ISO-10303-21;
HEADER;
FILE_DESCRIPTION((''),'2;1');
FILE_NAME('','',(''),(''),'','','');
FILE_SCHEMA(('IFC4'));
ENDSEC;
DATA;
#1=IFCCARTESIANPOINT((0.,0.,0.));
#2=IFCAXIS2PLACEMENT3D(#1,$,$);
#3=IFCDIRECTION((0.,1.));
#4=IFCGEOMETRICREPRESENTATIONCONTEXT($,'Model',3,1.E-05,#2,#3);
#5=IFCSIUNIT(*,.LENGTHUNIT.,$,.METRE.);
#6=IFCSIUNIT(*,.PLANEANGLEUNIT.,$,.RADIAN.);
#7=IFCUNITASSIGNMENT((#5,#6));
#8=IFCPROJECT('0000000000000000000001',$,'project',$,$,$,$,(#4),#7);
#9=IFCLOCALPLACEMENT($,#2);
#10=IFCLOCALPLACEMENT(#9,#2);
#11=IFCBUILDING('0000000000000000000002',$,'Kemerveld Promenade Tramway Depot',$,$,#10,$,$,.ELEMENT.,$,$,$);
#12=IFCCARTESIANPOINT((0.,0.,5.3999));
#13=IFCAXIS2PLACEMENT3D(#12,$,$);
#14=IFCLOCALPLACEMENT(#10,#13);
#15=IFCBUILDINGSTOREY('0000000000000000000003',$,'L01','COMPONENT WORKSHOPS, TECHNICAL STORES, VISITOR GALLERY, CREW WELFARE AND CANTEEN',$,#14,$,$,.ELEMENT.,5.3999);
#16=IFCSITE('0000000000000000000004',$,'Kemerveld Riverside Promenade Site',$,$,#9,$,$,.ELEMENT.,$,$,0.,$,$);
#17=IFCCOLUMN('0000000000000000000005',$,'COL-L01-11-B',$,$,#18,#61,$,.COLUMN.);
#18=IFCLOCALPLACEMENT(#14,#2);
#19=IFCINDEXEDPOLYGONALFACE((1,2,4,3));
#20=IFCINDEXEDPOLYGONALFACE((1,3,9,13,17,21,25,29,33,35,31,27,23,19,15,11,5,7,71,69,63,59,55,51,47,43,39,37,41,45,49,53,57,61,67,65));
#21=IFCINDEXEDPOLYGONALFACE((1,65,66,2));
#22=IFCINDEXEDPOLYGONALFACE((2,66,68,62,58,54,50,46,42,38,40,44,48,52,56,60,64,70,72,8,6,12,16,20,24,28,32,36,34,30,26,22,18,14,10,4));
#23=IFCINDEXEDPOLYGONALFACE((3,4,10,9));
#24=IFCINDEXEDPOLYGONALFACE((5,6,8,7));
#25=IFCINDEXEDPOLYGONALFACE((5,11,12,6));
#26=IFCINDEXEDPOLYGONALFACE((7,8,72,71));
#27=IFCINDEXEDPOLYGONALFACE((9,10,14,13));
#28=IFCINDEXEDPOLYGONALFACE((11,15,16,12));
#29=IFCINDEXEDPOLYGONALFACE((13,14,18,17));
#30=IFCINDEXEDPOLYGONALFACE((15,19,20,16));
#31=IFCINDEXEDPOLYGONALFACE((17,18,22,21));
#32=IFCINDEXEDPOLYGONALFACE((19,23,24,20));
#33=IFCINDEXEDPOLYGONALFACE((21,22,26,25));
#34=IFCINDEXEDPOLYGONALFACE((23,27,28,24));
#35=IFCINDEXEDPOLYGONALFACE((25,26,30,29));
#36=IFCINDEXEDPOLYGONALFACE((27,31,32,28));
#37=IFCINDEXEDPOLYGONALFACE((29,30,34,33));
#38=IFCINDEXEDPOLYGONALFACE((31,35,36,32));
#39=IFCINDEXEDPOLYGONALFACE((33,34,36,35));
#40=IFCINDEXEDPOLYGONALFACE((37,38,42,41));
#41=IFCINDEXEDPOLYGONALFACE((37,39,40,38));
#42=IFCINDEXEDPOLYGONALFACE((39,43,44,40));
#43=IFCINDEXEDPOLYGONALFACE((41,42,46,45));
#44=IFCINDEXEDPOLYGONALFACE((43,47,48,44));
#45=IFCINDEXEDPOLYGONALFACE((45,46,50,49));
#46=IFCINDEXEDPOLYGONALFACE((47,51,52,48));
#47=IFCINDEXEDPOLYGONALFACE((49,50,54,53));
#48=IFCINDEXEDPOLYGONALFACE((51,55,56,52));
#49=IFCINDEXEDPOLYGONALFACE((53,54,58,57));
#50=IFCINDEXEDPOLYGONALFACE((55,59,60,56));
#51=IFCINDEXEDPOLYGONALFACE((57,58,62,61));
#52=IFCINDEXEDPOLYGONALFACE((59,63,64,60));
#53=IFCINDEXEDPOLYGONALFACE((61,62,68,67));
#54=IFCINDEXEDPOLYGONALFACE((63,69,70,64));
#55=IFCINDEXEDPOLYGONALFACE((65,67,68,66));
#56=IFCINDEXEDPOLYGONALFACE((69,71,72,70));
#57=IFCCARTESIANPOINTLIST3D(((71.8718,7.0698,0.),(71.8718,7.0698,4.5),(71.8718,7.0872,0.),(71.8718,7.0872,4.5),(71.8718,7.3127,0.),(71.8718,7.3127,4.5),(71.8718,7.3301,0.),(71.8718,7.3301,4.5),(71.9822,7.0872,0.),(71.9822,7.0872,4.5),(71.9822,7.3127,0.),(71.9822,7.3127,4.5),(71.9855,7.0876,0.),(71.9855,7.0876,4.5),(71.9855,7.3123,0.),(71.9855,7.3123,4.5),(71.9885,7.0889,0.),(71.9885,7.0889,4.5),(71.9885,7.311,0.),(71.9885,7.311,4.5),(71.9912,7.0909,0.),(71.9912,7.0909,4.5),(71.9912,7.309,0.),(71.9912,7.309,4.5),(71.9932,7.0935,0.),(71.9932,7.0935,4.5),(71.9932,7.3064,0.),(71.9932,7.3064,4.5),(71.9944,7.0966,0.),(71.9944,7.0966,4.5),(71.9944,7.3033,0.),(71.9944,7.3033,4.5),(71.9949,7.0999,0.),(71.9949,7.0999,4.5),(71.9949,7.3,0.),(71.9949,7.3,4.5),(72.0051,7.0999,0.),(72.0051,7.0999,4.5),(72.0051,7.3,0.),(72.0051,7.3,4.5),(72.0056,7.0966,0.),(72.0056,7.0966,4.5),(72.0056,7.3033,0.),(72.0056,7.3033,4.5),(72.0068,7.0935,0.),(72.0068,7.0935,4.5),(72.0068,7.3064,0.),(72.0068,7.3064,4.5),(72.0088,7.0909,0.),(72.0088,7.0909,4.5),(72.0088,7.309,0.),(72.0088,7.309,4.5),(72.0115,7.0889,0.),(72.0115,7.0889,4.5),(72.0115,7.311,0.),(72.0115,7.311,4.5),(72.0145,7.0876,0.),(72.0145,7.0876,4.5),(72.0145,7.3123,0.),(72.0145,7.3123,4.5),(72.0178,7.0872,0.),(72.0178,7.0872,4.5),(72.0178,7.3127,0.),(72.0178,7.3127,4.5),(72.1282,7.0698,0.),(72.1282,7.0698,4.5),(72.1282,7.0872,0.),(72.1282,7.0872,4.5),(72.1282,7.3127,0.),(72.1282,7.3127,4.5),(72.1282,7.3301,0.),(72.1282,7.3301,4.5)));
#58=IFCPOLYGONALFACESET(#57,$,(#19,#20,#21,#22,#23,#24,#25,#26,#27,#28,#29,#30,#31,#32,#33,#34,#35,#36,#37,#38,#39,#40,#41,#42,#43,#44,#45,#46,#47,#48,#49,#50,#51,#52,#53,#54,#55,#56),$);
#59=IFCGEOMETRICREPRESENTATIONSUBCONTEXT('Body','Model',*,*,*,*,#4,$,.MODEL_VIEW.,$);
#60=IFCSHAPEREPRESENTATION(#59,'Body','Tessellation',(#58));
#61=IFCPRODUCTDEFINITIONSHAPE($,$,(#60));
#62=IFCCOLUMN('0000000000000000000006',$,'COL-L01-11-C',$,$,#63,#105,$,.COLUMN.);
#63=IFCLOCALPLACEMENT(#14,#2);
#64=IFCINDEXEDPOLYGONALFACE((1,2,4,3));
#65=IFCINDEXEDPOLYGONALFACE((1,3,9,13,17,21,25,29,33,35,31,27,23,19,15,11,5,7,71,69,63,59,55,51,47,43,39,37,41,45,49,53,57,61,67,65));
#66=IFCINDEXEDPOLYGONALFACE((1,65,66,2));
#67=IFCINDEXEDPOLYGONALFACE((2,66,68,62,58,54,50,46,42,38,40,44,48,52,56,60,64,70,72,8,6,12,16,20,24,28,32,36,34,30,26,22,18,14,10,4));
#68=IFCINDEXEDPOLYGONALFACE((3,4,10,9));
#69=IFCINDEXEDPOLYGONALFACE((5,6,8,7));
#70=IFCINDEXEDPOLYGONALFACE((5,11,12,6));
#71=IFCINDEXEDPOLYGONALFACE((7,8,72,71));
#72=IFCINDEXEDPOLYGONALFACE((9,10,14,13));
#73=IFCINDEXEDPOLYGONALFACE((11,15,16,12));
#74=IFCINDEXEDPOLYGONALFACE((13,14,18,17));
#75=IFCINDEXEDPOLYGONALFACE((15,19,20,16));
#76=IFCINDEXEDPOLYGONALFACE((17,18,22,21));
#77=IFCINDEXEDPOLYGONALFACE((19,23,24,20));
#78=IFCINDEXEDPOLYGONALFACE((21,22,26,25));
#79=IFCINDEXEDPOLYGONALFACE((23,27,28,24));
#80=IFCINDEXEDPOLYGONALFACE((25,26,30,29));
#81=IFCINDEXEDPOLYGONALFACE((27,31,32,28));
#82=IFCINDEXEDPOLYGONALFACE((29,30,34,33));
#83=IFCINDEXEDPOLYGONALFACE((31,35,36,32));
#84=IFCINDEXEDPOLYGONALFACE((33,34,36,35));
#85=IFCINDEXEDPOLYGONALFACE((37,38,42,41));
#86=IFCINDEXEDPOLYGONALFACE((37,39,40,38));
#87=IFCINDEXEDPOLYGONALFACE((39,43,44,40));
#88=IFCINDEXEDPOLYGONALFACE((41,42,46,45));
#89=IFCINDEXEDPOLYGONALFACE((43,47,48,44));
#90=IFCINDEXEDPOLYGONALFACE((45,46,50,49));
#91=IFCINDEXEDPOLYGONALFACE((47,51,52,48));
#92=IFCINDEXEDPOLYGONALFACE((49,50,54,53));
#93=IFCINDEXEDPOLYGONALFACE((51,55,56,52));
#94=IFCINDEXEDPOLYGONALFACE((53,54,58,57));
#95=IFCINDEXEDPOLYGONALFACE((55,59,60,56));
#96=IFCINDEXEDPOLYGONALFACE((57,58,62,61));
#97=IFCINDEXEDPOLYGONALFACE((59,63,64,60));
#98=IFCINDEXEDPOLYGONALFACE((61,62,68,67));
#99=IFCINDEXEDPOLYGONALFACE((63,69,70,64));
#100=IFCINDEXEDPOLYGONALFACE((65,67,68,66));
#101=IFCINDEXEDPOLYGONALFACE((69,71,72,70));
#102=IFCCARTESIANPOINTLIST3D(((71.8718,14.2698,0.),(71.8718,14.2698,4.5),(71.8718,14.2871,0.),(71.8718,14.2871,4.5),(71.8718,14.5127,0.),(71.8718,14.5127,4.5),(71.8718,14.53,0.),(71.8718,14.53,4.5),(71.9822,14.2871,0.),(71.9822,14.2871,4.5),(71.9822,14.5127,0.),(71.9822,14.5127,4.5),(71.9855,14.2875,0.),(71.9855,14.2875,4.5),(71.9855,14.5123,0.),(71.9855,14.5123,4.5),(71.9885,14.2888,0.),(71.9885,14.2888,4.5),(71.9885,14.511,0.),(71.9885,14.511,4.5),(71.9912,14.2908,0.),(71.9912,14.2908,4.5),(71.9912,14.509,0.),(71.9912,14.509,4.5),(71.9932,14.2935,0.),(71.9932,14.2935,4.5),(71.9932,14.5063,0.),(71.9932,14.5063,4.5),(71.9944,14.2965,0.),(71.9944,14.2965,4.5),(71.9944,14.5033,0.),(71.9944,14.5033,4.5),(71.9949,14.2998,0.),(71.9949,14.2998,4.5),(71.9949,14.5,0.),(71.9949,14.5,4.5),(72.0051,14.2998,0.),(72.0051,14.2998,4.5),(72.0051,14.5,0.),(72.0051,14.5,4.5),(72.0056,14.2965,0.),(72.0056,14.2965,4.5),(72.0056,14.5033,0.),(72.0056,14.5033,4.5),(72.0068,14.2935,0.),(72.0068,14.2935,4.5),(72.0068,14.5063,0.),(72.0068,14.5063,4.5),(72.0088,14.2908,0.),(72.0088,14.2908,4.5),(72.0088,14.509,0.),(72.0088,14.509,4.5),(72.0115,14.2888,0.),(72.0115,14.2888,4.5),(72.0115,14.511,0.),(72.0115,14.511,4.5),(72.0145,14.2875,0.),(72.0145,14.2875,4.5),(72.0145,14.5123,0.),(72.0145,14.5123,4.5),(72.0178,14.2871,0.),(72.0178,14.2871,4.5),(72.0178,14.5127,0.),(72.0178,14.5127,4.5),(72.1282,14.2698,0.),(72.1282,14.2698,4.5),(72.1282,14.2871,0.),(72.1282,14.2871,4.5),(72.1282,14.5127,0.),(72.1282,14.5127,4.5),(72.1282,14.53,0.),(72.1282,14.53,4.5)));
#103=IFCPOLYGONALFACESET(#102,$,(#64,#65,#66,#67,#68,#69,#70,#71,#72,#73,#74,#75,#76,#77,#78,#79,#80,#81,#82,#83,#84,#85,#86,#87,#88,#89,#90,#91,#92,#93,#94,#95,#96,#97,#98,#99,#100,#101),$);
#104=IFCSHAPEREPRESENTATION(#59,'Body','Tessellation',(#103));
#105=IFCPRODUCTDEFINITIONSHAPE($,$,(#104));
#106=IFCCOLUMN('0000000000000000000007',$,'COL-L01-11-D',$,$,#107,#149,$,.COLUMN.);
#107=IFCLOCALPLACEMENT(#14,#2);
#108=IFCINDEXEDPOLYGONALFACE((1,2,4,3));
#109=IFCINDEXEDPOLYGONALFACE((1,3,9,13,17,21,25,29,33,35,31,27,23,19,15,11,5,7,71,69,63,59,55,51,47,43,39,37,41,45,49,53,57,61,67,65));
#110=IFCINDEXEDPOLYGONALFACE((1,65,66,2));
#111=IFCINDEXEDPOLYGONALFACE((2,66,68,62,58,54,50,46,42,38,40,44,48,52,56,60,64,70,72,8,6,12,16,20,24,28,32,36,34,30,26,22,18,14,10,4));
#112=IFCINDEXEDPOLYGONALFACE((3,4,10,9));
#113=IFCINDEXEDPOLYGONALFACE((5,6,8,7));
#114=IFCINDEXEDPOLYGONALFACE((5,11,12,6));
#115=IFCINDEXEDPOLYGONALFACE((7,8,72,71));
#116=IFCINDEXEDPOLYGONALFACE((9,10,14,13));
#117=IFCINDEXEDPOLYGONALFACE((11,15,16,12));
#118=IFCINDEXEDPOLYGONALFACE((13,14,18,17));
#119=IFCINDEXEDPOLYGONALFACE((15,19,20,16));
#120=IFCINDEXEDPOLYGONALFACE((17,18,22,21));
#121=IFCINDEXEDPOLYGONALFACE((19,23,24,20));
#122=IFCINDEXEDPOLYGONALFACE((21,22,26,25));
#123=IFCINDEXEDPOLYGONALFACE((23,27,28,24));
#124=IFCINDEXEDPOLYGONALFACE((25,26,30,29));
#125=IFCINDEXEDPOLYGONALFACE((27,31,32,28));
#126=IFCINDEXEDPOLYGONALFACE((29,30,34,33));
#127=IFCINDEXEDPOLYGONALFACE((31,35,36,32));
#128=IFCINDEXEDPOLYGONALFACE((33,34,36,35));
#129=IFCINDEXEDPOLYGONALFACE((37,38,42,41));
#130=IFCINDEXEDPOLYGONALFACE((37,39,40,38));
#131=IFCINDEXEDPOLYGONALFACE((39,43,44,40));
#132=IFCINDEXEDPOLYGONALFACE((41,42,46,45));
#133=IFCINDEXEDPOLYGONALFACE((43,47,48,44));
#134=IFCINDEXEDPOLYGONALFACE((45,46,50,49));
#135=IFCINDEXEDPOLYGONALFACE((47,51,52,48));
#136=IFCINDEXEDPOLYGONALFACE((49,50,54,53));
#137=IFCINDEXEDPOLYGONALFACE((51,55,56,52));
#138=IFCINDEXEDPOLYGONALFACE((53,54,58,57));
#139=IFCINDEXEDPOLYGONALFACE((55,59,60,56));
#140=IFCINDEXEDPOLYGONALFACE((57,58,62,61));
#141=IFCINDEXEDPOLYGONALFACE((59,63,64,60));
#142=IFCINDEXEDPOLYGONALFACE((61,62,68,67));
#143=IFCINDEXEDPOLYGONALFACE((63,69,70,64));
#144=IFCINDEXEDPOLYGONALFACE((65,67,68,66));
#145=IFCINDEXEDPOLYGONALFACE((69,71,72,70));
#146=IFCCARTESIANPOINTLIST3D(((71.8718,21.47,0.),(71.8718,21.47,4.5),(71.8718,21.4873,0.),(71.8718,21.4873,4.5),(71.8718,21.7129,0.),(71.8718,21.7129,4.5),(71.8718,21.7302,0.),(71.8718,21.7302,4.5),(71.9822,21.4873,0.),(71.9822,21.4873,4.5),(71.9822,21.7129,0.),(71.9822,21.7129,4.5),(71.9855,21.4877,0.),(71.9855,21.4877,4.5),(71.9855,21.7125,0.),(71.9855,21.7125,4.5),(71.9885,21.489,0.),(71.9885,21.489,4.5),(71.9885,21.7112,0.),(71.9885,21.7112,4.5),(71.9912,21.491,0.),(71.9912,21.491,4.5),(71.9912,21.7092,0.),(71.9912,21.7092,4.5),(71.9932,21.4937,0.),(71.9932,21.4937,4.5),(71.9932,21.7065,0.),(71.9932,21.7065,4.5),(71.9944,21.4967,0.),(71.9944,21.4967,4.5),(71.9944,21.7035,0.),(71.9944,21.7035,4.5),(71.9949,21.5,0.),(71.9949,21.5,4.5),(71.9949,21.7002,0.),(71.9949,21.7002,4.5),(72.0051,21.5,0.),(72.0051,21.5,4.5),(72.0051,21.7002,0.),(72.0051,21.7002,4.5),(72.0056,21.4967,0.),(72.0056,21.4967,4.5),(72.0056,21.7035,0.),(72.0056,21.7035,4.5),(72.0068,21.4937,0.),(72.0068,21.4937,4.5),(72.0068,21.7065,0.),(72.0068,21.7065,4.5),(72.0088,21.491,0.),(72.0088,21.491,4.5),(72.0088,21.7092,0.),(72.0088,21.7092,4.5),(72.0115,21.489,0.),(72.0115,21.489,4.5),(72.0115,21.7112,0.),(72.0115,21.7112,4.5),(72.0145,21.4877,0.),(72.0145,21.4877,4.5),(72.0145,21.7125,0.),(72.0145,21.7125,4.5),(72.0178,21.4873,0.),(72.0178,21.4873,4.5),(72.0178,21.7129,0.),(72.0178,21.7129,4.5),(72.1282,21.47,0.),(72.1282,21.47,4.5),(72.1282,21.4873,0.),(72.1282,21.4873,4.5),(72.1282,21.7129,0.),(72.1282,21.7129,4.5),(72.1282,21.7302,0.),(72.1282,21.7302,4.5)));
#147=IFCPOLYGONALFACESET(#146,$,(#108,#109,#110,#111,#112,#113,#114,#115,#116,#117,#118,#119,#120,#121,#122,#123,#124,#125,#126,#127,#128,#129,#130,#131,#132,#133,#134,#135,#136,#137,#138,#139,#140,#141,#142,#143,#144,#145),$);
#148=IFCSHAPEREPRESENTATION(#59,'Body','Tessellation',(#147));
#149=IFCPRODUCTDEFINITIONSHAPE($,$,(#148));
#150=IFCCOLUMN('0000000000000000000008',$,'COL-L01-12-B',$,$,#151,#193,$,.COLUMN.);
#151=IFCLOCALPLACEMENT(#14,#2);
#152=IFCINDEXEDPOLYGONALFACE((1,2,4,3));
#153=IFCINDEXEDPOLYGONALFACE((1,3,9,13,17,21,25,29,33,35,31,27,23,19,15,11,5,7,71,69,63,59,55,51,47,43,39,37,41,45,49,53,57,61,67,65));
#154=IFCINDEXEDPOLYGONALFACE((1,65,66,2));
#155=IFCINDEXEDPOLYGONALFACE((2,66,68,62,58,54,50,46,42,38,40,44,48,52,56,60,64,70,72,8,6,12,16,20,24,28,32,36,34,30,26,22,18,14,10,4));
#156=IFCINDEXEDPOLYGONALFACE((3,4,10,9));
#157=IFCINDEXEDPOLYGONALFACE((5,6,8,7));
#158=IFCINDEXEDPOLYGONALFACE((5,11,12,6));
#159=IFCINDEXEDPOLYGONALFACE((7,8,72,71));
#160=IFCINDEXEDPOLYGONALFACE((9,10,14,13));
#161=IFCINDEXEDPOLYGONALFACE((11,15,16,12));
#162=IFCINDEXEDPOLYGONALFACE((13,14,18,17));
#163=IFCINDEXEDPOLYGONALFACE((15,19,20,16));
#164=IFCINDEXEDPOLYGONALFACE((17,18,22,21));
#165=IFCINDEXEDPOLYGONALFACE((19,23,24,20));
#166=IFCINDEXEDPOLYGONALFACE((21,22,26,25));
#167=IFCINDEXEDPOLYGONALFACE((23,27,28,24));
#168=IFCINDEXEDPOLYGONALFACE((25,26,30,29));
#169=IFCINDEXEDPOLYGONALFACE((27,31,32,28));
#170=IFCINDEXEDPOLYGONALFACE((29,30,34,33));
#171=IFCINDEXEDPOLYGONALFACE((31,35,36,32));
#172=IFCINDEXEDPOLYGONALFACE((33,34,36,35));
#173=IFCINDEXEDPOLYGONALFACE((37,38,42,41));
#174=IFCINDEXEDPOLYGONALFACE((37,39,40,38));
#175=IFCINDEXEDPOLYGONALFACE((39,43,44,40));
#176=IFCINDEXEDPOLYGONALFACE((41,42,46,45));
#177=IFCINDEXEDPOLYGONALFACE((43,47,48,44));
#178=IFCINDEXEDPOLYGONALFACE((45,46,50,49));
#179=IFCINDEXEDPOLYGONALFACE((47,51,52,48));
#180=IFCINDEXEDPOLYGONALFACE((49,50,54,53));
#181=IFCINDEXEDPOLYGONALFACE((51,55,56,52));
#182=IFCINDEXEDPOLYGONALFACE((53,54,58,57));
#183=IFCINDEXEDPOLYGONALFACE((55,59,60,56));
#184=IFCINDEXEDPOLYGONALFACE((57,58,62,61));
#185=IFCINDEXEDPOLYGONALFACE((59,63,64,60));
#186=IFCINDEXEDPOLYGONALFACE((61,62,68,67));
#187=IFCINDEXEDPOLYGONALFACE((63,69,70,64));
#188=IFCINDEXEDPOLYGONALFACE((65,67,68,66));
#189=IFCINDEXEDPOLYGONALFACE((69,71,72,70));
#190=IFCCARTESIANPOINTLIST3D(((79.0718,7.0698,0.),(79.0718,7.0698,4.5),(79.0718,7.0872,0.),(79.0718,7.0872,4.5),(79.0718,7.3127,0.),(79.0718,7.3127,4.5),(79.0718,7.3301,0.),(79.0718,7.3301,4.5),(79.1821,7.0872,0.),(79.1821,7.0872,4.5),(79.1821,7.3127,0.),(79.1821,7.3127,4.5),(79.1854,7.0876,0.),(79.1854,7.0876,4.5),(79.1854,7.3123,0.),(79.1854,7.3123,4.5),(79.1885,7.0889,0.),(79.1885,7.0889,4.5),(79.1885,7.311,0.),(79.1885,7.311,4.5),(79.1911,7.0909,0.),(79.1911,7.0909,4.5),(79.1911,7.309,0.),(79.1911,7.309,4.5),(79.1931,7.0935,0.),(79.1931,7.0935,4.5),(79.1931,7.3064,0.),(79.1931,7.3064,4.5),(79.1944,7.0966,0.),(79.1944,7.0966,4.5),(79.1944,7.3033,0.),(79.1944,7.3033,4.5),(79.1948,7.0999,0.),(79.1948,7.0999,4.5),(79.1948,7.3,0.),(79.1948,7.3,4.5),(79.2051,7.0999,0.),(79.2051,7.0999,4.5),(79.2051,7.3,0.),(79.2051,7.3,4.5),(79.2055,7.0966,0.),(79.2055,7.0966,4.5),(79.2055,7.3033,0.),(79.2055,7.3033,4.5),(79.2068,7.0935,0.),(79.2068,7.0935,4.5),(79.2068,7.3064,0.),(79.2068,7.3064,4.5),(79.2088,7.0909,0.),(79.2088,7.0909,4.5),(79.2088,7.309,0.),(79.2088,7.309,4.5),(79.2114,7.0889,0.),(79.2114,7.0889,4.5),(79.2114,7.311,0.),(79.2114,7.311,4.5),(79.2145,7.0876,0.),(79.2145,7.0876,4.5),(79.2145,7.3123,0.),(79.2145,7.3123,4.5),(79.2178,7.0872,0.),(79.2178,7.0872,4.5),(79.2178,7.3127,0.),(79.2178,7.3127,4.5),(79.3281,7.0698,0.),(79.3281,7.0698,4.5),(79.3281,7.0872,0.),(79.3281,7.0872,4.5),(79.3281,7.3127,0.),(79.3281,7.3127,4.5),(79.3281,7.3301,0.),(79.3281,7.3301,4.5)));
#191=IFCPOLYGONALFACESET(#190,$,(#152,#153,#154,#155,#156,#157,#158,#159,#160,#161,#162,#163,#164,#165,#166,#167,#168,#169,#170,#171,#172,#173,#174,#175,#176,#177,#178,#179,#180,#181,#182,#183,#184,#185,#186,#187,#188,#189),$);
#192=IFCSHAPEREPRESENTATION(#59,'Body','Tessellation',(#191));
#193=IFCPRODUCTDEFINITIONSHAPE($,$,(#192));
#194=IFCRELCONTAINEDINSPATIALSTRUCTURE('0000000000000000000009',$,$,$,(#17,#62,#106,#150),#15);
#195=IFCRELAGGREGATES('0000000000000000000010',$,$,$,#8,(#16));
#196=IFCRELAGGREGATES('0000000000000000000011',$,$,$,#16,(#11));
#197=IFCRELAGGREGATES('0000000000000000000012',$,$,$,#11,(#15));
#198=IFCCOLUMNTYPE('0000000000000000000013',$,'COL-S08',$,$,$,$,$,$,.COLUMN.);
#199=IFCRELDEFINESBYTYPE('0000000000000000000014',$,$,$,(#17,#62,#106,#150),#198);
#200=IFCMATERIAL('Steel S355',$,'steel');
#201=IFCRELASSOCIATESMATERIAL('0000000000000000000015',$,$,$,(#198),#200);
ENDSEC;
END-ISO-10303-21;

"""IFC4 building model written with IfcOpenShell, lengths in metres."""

from ifc_helpers import new_model, si_unit, direction, frame, origin, origin_2d, place, context, subcontext, project, spatial, i_section, extrude, material, material_profile, profile_set, type_object, element, save


model = new_model("IFC4")

# Units and contexts
model_context = context("Model", 3, precision=1e-05, world=origin(), true_north=direction((0.0, 1.0)))
body_context = subcontext(model_context, "Body", "Model", "MODEL_VIEW")
ifc_project = project(units=[si_unit("LENGTHUNIT", "METRE"), si_unit("PLANEANGLEUNIT", "RADIAN")], contexts=[model_context])

# Site, building, storey
site_placement = place(None, origin())
site = spatial("IfcSite", under=ifc_project, at=site_placement, Name="Kemerveld Riverside Promenade Site", CompositionType="ELEMENT", RefElevation=0.0)
building_placement = place(site_placement, origin())
building = spatial("IfcBuilding", under=site, at=building_placement, Name="Kemerveld Promenade Tramway Depot", CompositionType="ELEMENT")
storey_placement = place(building_placement, frame((0.0, 0.0, 5.3999)))
storey = spatial("IfcBuildingStorey", under=building, at=storey_placement, Name="L01", Description="COMPONENT WORKSHOPS, TECHNICAL STORES, VISITOR GALLERY, CREW WELFARE AND CANTEEN", CompositionType="ELEMENT", Elevation=5.3999)

# Columns
ifc_material_1 = material(Name="Steel S355", Category="steel")
ifc_material_profile_1 = material_profile(ifc_material_1, i_section(OverallWidth=0.2563, OverallDepth=0.2603, WebThickness=0.0103, FlangeThickness=0.0173, FilletRadius=0.0127, at=origin_2d()), Name="254x254x89 UC")
ifc_profile_set_1 = profile_set([ifc_material_profile_1], Name="Steel S355")
column_type = type_object("IfcColumnType", Name="COL-S08", PredefinedType="COLUMN", material=ifc_profile_set_1)
for number, where, z_axis, x_axis, name in (
    (1, (72.0, 7.2, 0.0), (0.0, 0.0, 1.0), (1.0, 0.0, 0.0), "COL-L01-11-B"),
    (2, (72.0, 14.3999, 0.0), (0.0, 0.0, 1.0), (1.0, 0.0, 0.0), "COL-L01-11-C"),
    (3, (72.0, 21.6001, 0.0), (0.0, 0.0, 1.0), (1.0, 0.0, 0.0), "COL-L01-11-D"),
    (4, (79.2, 7.2, 0.0), (0.0, 0.0, 1.0), (1.0, 0.0, 0.0), "COL-L01-12-B"),
):
    element("IfcColumn", number, at=place(storey_placement, frame(where, z_axis=z_axis, x_axis=x_axis)), inside=storey, type_object=column_type, Name=name, PredefinedType="COLUMN", context=body_context, shape_type="SweptSolid", body=[
        extrude(i_section(OverallWidth=0.2563, OverallDepth=0.2603, WebThickness=0.0103, FlangeThickness=0.0173, FilletRadius=0.0127, at=origin_2d()), origin(), (0.0, 0.0, 1.0), 4.5),
    ])

save(model, "model.ifc")
